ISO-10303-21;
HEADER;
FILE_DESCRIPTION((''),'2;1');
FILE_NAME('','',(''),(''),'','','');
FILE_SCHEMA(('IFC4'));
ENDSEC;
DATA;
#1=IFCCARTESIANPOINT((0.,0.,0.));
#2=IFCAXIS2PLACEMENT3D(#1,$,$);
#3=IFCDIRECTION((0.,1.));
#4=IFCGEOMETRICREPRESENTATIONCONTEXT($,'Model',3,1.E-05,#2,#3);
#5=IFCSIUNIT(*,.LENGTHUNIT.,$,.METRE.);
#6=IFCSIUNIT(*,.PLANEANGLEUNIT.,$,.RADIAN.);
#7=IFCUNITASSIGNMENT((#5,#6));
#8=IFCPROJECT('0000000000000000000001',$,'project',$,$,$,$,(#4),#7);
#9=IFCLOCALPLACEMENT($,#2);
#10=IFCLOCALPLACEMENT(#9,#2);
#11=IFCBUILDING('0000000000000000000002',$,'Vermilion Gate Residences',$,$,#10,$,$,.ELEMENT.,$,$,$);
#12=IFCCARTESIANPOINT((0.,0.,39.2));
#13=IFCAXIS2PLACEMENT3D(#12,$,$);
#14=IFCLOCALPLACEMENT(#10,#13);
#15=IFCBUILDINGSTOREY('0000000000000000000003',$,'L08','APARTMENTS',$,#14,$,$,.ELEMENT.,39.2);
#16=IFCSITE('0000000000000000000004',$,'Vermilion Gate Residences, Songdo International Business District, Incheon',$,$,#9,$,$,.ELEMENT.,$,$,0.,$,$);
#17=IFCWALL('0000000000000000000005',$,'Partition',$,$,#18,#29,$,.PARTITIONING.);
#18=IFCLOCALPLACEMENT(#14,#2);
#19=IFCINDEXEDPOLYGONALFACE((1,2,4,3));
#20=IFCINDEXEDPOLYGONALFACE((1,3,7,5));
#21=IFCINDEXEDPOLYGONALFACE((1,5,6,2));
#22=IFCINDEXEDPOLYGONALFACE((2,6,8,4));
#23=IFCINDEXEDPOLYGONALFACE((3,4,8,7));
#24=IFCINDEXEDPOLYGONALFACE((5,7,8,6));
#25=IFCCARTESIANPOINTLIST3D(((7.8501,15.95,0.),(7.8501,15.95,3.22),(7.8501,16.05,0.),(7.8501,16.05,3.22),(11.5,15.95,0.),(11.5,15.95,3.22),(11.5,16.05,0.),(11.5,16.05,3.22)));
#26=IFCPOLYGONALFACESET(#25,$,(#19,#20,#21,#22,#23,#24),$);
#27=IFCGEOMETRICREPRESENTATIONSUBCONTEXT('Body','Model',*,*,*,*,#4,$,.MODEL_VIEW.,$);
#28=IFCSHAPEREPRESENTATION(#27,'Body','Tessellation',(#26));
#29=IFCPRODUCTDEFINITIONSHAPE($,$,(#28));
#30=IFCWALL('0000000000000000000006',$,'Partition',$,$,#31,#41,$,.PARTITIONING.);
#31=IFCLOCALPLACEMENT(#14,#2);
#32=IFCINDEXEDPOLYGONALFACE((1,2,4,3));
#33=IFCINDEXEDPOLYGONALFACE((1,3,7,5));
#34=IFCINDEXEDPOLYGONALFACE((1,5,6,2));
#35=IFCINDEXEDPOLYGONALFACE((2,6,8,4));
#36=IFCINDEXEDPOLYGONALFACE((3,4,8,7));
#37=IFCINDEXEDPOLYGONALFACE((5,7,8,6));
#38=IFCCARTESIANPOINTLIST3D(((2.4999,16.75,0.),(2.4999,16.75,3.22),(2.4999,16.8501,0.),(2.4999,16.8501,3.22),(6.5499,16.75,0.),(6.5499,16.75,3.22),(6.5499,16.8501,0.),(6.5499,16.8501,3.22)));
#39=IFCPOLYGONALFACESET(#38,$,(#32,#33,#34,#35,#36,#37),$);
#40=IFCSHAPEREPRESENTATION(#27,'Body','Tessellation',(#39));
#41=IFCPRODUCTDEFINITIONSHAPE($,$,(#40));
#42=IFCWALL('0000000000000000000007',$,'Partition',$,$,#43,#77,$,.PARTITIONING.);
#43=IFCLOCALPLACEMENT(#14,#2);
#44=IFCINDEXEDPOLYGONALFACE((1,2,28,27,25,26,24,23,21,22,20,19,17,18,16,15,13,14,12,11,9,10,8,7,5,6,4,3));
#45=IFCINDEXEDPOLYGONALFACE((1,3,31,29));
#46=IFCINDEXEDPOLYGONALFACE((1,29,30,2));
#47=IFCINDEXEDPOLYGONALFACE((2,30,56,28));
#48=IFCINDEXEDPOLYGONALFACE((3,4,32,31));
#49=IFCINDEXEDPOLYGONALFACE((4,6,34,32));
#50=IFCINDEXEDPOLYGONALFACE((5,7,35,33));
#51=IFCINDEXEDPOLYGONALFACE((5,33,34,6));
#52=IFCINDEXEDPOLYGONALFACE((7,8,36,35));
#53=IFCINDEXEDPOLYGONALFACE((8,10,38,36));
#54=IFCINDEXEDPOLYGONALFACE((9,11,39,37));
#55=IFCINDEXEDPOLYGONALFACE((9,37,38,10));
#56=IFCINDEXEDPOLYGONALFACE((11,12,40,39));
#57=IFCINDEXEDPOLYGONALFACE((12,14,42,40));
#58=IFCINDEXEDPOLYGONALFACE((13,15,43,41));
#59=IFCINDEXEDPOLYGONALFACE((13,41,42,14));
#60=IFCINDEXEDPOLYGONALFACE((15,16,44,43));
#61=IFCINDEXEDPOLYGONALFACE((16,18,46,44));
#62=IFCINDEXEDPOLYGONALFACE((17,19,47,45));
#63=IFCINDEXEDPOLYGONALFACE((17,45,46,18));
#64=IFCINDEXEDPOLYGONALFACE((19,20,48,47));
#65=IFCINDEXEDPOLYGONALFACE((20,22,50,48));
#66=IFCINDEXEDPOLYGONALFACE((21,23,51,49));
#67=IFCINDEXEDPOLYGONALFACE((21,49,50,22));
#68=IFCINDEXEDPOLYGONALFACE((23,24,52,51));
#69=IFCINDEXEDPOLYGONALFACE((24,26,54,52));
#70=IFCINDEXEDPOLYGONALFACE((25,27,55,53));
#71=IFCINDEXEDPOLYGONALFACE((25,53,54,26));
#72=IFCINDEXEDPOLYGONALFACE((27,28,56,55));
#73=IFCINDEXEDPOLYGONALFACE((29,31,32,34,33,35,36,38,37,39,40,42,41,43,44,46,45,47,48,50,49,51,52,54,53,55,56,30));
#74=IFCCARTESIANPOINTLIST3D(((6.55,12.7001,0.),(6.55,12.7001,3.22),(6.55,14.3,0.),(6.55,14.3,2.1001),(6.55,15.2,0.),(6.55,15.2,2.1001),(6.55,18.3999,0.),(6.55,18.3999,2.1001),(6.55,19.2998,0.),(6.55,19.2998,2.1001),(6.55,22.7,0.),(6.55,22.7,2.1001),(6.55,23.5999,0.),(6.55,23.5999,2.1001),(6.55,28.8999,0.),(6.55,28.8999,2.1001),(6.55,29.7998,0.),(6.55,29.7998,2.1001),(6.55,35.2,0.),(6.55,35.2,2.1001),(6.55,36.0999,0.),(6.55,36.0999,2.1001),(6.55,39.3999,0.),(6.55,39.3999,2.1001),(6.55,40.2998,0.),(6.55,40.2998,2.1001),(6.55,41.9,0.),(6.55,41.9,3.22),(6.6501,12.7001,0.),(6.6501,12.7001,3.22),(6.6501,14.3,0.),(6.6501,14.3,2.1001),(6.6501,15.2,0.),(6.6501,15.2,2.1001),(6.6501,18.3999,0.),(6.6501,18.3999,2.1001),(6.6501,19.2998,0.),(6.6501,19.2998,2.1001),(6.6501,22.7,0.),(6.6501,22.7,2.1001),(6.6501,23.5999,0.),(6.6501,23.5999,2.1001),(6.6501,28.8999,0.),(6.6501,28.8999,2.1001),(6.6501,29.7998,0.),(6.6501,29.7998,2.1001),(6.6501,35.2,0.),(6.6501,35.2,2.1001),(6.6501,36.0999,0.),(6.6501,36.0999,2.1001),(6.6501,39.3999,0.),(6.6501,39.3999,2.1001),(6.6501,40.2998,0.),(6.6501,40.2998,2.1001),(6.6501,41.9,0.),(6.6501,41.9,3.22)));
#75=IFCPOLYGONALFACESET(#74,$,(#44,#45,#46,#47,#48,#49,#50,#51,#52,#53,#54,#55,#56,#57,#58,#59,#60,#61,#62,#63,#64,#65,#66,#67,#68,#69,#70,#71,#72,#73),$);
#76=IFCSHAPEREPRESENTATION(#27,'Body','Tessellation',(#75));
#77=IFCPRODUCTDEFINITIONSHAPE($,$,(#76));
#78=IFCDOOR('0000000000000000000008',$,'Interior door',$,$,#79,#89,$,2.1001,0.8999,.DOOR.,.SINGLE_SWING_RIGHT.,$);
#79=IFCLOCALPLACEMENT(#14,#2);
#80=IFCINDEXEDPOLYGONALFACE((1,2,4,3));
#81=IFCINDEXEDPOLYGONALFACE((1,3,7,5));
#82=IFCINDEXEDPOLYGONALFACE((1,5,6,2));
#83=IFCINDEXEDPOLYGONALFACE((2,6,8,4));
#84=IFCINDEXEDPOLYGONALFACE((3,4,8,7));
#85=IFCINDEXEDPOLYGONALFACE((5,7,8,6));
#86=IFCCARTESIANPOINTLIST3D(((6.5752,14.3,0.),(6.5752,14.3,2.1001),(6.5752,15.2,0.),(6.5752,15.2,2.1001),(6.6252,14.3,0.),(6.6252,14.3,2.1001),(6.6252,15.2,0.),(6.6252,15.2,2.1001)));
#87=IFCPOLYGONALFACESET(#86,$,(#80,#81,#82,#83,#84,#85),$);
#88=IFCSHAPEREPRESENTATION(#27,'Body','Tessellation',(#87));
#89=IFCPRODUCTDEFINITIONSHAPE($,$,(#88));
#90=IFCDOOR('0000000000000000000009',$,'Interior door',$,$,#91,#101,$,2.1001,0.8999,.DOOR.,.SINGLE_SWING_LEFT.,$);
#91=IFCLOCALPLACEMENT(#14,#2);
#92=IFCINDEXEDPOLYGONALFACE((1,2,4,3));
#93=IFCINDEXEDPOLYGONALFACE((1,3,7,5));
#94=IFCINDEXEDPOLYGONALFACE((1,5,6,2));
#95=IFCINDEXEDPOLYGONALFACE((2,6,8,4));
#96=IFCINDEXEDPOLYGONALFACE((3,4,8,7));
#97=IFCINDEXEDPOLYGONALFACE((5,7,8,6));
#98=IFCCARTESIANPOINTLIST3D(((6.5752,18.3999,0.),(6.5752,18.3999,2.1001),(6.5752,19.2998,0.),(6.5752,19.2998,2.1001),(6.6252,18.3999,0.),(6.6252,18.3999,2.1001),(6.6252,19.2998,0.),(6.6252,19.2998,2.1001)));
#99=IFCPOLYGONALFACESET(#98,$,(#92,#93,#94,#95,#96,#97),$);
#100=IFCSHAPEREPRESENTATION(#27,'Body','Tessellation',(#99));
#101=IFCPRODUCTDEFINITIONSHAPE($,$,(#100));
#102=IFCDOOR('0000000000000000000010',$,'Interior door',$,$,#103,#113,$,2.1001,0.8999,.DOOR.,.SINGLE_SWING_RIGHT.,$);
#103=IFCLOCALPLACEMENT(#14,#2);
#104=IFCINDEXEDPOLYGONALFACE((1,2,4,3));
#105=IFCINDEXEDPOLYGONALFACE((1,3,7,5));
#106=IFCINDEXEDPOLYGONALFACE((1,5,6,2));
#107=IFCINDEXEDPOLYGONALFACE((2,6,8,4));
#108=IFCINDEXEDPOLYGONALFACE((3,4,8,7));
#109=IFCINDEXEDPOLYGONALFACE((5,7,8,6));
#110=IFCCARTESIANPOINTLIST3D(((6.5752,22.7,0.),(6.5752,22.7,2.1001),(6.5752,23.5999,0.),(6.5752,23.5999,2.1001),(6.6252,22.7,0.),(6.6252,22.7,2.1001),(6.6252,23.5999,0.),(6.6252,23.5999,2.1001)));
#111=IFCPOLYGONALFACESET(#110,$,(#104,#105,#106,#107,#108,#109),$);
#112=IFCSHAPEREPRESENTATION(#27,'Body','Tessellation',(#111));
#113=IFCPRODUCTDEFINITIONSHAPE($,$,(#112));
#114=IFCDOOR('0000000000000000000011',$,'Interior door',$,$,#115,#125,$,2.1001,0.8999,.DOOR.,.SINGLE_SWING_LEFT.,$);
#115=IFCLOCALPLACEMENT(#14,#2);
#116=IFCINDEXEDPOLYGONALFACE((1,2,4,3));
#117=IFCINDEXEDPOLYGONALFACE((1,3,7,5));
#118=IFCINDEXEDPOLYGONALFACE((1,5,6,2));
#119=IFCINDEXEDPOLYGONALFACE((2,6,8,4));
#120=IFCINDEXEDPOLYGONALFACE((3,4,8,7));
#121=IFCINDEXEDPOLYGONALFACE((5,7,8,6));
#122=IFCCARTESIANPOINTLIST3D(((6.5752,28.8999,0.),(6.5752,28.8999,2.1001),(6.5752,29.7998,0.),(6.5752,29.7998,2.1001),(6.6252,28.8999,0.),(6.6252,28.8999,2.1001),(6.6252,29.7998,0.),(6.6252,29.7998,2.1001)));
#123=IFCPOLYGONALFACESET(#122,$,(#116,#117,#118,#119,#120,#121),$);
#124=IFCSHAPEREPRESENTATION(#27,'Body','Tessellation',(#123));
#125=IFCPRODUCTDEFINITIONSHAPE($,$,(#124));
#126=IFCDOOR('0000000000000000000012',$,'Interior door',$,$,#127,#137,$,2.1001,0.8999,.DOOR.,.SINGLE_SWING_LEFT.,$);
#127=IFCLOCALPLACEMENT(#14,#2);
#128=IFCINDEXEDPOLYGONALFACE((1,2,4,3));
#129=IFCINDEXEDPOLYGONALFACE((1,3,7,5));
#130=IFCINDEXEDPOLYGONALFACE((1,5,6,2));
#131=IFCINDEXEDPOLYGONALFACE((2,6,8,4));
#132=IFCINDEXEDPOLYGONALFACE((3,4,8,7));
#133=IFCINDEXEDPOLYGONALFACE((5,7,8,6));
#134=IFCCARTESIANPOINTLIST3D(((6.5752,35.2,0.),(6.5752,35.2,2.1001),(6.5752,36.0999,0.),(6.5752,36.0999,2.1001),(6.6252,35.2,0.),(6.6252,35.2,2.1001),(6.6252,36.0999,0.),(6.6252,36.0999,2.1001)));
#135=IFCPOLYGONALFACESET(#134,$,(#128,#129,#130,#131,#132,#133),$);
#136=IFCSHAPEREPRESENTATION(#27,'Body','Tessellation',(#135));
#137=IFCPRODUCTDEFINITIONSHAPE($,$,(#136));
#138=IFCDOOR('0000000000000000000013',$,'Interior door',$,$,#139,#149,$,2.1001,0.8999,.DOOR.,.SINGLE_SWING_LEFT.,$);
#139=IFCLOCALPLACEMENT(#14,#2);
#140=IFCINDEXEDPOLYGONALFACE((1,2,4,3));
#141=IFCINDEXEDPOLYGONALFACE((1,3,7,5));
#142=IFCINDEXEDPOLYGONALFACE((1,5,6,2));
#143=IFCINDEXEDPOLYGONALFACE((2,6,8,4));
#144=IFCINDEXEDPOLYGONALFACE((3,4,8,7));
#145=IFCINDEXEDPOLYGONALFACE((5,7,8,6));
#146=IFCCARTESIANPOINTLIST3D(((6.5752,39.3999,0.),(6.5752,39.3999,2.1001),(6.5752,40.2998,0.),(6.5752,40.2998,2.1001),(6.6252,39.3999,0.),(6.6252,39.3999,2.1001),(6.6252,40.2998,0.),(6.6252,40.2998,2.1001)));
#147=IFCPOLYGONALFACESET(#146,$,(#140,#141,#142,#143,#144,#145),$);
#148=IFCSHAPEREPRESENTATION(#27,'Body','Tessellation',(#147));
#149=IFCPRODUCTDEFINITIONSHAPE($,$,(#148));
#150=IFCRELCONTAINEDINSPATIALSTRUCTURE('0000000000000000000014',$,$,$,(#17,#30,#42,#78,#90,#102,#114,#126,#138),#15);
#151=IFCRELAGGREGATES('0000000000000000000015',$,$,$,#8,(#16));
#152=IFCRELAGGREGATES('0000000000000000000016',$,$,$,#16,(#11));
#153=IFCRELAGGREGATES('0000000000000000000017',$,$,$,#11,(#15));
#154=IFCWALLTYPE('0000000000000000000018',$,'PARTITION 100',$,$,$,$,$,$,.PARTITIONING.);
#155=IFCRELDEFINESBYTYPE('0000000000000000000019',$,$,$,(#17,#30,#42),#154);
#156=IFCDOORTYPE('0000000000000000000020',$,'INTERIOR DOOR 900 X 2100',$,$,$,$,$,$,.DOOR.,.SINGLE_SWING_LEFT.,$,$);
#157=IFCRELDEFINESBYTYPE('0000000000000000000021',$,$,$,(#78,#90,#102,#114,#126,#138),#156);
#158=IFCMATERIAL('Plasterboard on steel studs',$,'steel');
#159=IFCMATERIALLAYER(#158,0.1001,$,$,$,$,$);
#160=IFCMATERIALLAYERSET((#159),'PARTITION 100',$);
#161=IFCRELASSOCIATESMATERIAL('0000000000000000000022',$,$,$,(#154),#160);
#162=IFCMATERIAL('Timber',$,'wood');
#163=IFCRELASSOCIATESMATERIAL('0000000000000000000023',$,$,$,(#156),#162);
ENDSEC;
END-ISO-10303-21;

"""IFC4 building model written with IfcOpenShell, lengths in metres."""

from ifc_helpers import new_model, si_unit, direction, frame, frame_2d, origin, place, context, subcontext, project, spatial, rectangle, extrude, material, layer, layer_set, type_object, element, fill, save


model = new_model("IFC4")

# Units and contexts
model_context = context("Model", 3, precision=1e-05, world=origin(), true_north=direction((0.0, 1.0)))
body_context = subcontext(model_context, "Body", "Model", "MODEL_VIEW")
ifc_project = project(units=[si_unit("LENGTHUNIT", "METRE"), si_unit("PLANEANGLEUNIT", "RADIAN")], contexts=[model_context])

# Site, building, storey
site_placement = place(None, origin())
site = spatial("IfcSite", under=ifc_project, at=site_placement, Name="Vermilion Gate Residences, Songdo International Business District, Incheon", CompositionType="ELEMENT", RefElevation=0.0)
building_placement = place(site_placement, origin())
building = spatial("IfcBuilding", under=site, at=building_placement, Name="Vermilion Gate Residences", CompositionType="ELEMENT")
storey_placement = place(building_placement, frame((0.0, 0.0, 39.2)))
storey = spatial("IfcBuildingStorey", under=building, at=storey_placement, Name="L08", Description="APARTMENTS", CompositionType="ELEMENT", Elevation=39.2)

# Walls
ifc_material_1 = material(Name="Plasterboard on steel studs", Category="steel")
ifc_layer_1 = layer(ifc_material_1, 0.1001)
ifc_layer_set_1 = layer_set([ifc_layer_1], Name="PARTITION 100")
wall_type_1 = type_object("IfcWallType", Name="PARTITION 100", PredefinedType="PARTITIONING", material=ifc_layer_set_1)
wall_1_placement = place(storey_placement, frame((7.8501, 16.0, 0.0), z_axis=(0.0, 0.0, 1.0), x_axis=(1.0, 0.0, 0.0)))
element("IfcWall", 1, at=wall_1_placement, inside=storey, type_object=wall_type_1, Name="Partition", PredefinedType="PARTITIONING", context=body_context, shape_type="SweptSolid", body=[
    extrude(rectangle(XDim=3.6499, YDim=0.1001, at=frame_2d((1.825, 0.0))), origin(), (0.0, 0.0, 1.0), 3.22),
])
wall_2_placement = place(storey_placement, frame((2.5, 16.8, 0.0), z_axis=(0.0, 0.0, 1.0), x_axis=(1.0, 0.0, 0.0)))
element("IfcWall", 2, at=wall_2_placement, inside=storey, type_object=wall_type_1, Name="Partition", PredefinedType="PARTITIONING", context=body_context, shape_type="SweptSolid", body=[
    extrude(rectangle(XDim=4.05, YDim=0.1001, at=frame_2d((2.0249, 0.0))), origin(), (0.0, 0.0, 1.0), 3.22),
])

# Wall, openings, doors
wall_3_placement = place(storey_placement, frame((6.6001, 12.7, 0.0), z_axis=(0.0, 0.0, 1.0), x_axis=(0.0, 1.0, 0.0)))
wall_3 = element("IfcWall", 3, at=wall_3_placement, inside=storey, type_object=wall_type_1, Name="Partition", PredefinedType="PARTITIONING", context=body_context, shape_type="SweptSolid", body=[
    extrude(rectangle(XDim=29.2, YDim=0.1001, at=frame_2d((14.6001, 0.0))), origin(), (0.0, 0.0, 1.0), 3.22),
])
opening_1_placement = place(wall_3_placement, frame((1.6001, 0.0, 0.0)))
opening_1 = element("IfcOpeningElement", 4, at=opening_1_placement, cuts=wall_3, PredefinedType="OPENING", context=body_context, shape_type="SweptSolid", body=[
    extrude(rectangle(XDim=0.8999, YDim=2.1001, at=frame_2d((0.45, 1.05))), frame((0.0, 0.0601, 0.0), z_axis=(0.0, -1.0, 0.0), x_axis=(1.0, 0.0, 0.0)), (0.0, 0.0, 1.0), 0.1201),
])
opening_2_placement = place(wall_3_placement, frame((5.7, 0.0, 0.0)))
opening_2 = element("IfcOpeningElement", 5, at=opening_2_placement, cuts=wall_3, PredefinedType="OPENING", context=body_context, shape_type="SweptSolid", body=[
    extrude(rectangle(XDim=0.8999, YDim=2.1001, at=frame_2d((0.45, 1.05))), frame((0.0, 0.0601, 0.0), z_axis=(0.0, -1.0, 0.0), x_axis=(1.0, 0.0, 0.0)), (0.0, 0.0, 1.0), 0.1201),
])
opening_3_placement = place(wall_3_placement, frame((10.0, 0.0, 0.0)))
opening_3 = element("IfcOpeningElement", 6, at=opening_3_placement, cuts=wall_3, PredefinedType="OPENING", context=body_context, shape_type="SweptSolid", body=[
    extrude(rectangle(XDim=0.8999, YDim=2.1001, at=frame_2d((0.45, 1.05))), frame((0.0, 0.0601, 0.0), z_axis=(0.0, -1.0, 0.0), x_axis=(1.0, 0.0, 0.0)), (0.0, 0.0, 1.0), 0.1201),
])
opening_4_placement = place(wall_3_placement, frame((16.2, 0.0, 0.0)))
opening_4 = element("IfcOpeningElement", 7, at=opening_4_placement, cuts=wall_3, PredefinedType="OPENING", context=body_context, shape_type="SweptSolid", body=[
    extrude(rectangle(XDim=0.8999, YDim=2.1001, at=frame_2d((0.45, 1.05))), frame((0.0, 0.0601, 0.0), z_axis=(0.0, -1.0, 0.0), x_axis=(1.0, 0.0, 0.0)), (0.0, 0.0, 1.0), 0.1201),
])
opening_5_placement = place(wall_3_placement, frame((22.5, 0.0, 0.0)))
opening_5 = element("IfcOpeningElement", 8, at=opening_5_placement, cuts=wall_3, PredefinedType="OPENING", context=body_context, shape_type="SweptSolid", body=[
    extrude(rectangle(XDim=0.8999, YDim=2.1001, at=frame_2d((0.45, 1.05))), frame((0.0, 0.0601, 0.0), z_axis=(0.0, -1.0, 0.0), x_axis=(1.0, 0.0, 0.0)), (0.0, 0.0, 1.0), 0.1201),
])
opening_6_placement = place(wall_3_placement, frame((26.7, 0.0, 0.0)))
opening_6 = element("IfcOpeningElement", 9, at=opening_6_placement, cuts=wall_3, PredefinedType="OPENING", context=body_context, shape_type="SweptSolid", body=[
    extrude(rectangle(XDim=0.8999, YDim=2.1001, at=frame_2d((0.45, 1.05))), frame((0.0, 0.0601, 0.0), z_axis=(0.0, -1.0, 0.0), x_axis=(1.0, 0.0, 0.0)), (0.0, 0.0, 1.0), 0.1201),
])
ifc_material_2 = material(Name="Timber", Category="wood")
door_type_1 = type_object("IfcDoorType", Name="INTERIOR DOOR 900 X 2100", OperationType="SINGLE_SWING_LEFT", PredefinedType="DOOR", material=ifc_material_2)
door_1_placement = place(opening_1_placement, origin())
door_1 = element("IfcDoor", 10, at=door_1_placement, inside=storey, type_object=door_type_1, Name="Interior door", OperationType="SINGLE_SWING_RIGHT", OverallHeight=2.1001, OverallWidth=0.8999, PredefinedType="DOOR", context=body_context, shape_type="SweptSolid", body=[
    extrude(rectangle(XDim=0.8999, YDim=2.1001, at=frame_2d((0.45, 1.05))), frame((0.0, 0.0249, 0.0), z_axis=(0.0, -1.0, 0.0), x_axis=(1.0, 0.0, 0.0)), (0.0, 0.0, 1.0), 0.05),
])
fill(opening_1, door_1)
door_2_placement = place(opening_2_placement, origin())
door_2 = element("IfcDoor", 11, at=door_2_placement, inside=storey, type_object=door_type_1, Name="Interior door", OperationType="SINGLE_SWING_LEFT", OverallHeight=2.1001, OverallWidth=0.8999, PredefinedType="DOOR", context=body_context, shape_type="SweptSolid", body=[
    extrude(rectangle(XDim=0.8999, YDim=2.1001, at=frame_2d((0.45, 1.05))), frame((0.0, 0.0249, 0.0), z_axis=(0.0, -1.0, 0.0), x_axis=(1.0, 0.0, 0.0)), (0.0, 0.0, 1.0), 0.05),
])
fill(opening_2, door_2)
door_3_placement = place(opening_3_placement, origin())
door_3 = element("IfcDoor", 12, at=door_3_placement, inside=storey, type_object=door_type_1, Name="Interior door", OperationType="SINGLE_SWING_RIGHT", OverallHeight=2.1001, OverallWidth=0.8999, PredefinedType="DOOR", context=body_context, shape_type="SweptSolid", body=[
    extrude(rectangle(XDim=0.8999, YDim=2.1001, at=frame_2d((0.45, 1.05))), frame((0.0, 0.0249, 0.0), z_axis=(0.0, -1.0, 0.0), x_axis=(1.0, 0.0, 0.0)), (0.0, 0.0, 1.0), 0.05),
])
fill(opening_3, door_3)
door_4_placement = place(opening_4_placement, origin())
door_4 = element("IfcDoor", 13, at=door_4_placement, inside=storey, type_object=door_type_1, Name="Interior door", OperationType="SINGLE_SWING_LEFT", OverallHeight=2.1001, OverallWidth=0.8999, PredefinedType="DOOR", context=body_context, shape_type="SweptSolid", body=[
    extrude(rectangle(XDim=0.8999, YDim=2.1001, at=frame_2d((0.45, 1.05))), frame((0.0, 0.0249, 0.0), z_axis=(0.0, -1.0, 0.0), x_axis=(1.0, 0.0, 0.0)), (0.0, 0.0, 1.0), 0.05),
])
fill(opening_4, door_4)
door_5_placement = place(opening_5_placement, origin())
door_5 = element("IfcDoor", 14, at=door_5_placement, inside=storey, type_object=door_type_1, Name="Interior door", OperationType="SINGLE_SWING_LEFT", OverallHeight=2.1001, OverallWidth=0.8999, PredefinedType="DOOR", context=body_context, shape_type="SweptSolid", body=[
    extrude(rectangle(XDim=0.8999, YDim=2.1001, at=frame_2d((0.45, 1.05))), frame((0.0, 0.0249, 0.0), z_axis=(0.0, -1.0, 0.0), x_axis=(1.0, 0.0, 0.0)), (0.0, 0.0, 1.0), 0.05),
])
fill(opening_5, door_5)
door_6_placement = place(opening_6_placement, origin())
door_6 = element("IfcDoor", 15, at=door_6_placement, inside=storey, type_object=door_type_1, Name="Interior door", OperationType="SINGLE_SWING_LEFT", OverallHeight=2.1001, OverallWidth=0.8999, PredefinedType="DOOR", context=body_context, shape_type="SweptSolid", body=[
    extrude(rectangle(XDim=0.8999, YDim=2.1001, at=frame_2d((0.45, 1.05))), frame((0.0, 0.0249, 0.0), z_axis=(0.0, -1.0, 0.0), x_axis=(1.0, 0.0, 0.0)), (0.0, 0.0, 1.0), 0.05),
])
fill(opening_6, door_6)

save(model, "model.ifc")
